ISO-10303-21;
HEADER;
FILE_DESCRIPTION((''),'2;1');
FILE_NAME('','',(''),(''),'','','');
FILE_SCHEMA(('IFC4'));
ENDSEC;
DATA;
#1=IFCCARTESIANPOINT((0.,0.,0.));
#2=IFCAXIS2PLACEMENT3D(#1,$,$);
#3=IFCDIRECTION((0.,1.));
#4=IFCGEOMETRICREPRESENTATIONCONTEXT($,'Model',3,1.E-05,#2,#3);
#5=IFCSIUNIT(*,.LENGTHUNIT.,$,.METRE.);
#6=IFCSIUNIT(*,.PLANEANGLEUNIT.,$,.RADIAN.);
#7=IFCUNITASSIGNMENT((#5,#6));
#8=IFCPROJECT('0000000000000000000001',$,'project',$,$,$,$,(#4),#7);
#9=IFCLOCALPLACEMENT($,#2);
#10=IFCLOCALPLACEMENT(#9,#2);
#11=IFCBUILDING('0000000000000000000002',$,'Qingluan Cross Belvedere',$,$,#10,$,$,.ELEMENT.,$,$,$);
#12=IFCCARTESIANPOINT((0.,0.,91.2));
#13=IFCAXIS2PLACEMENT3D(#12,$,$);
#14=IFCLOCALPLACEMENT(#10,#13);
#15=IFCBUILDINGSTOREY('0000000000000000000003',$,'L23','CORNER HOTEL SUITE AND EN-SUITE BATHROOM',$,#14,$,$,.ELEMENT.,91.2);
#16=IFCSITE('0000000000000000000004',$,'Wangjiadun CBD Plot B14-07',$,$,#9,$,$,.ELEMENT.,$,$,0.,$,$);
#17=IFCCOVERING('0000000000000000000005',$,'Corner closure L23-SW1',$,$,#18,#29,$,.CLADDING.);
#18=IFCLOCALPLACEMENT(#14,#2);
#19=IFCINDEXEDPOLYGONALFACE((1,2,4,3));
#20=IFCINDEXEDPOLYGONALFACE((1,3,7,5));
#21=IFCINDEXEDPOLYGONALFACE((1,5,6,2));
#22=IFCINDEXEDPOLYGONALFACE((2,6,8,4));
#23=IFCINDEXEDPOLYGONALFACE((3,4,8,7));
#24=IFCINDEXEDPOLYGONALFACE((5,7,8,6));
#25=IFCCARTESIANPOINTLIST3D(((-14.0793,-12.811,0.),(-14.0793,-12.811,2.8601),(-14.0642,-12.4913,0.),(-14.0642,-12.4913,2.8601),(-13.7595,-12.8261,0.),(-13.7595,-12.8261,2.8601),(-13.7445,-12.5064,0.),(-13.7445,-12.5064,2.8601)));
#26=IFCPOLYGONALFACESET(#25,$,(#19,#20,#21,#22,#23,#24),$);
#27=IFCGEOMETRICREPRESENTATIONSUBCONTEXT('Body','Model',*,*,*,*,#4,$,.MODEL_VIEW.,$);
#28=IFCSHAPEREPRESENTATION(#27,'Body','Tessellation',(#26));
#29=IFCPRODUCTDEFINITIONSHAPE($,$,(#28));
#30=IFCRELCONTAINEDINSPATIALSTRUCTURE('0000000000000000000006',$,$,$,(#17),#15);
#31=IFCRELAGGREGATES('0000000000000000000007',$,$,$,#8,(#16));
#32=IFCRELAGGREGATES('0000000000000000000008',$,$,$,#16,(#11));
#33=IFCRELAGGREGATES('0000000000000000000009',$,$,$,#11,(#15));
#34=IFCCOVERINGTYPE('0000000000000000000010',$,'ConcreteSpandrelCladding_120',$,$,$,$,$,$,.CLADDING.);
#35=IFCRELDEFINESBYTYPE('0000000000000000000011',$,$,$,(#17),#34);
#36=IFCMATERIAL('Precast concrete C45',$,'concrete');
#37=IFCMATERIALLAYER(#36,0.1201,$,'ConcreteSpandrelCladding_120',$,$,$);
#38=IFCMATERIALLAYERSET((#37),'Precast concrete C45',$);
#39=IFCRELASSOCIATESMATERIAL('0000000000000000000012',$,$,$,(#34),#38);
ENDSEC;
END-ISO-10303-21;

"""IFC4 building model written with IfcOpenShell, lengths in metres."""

from ifc_helpers import new_model, si_unit, direction, frame, origin, origin_2d, place, context, subcontext, project, spatial, rectangle, extrude, material, layer, layer_set, type_object, element, save


model = new_model("IFC4")

# Units and contexts
model_context = context("Model", 3, precision=1e-05, world=origin(), true_north=direction((0.0, 1.0)))
body_context = subcontext(model_context, "Body", "Model", "MODEL_VIEW")
ifc_project = project(units=[si_unit("LENGTHUNIT", "METRE"), si_unit("PLANEANGLEUNIT", "RADIAN")], contexts=[model_context])

# Site, building, storey
site_placement = place(None, origin())
site = spatial("IfcSite", under=ifc_project, at=site_placement, Name="Wangjiadun CBD Plot B14-07", CompositionType="ELEMENT", RefElevation=0.0)
building_placement = place(site_placement, origin())
building = spatial("IfcBuilding", under=site, at=building_placement, Name="Qingluan Cross Belvedere", CompositionType="ELEMENT")
storey_placement = place(building_placement, frame((0.0, 0.0, 91.2)))
storey = spatial("IfcBuildingStorey", under=building, at=storey_placement, Name="L23", Description="CORNER HOTEL SUITE AND EN-SUITE BATHROOM", CompositionType="ELEMENT", Elevation=91.2)

# Covering
ifc_material_1 = material(Name="Precast concrete C45", Category="concrete")
ifc_layer_1 = layer(ifc_material_1, 0.1201, Name="ConcreteSpandrelCladding_120")
ifc_layer_set_1 = layer_set([ifc_layer_1], Name="Precast concrete C45")
covering_type = type_object("IfcCoveringType", Name="ConcreteSpandrelCladding_120", PredefinedType="CLADDING", material=ifc_layer_set_1)
covering_placement = place(storey_placement, frame((-13.9119, -12.6587, 0.0), z_axis=(0.0, 0.0, 1.0), x_axis=(0.99889, -0.047106, 0.0)))
element("IfcCovering", 1, at=covering_placement, inside=storey, type_object=covering_type, Name="Corner closure L23-SW1", PredefinedType="CLADDING", context=body_context, shape_type="SweptSolid", body=[
    extrude(rectangle(XDim=0.3201, YDim=0.3201, at=origin_2d()), origin(), (0.0, 0.0, 1.0), 2.8601),
])

save(model, "model.ifc")
